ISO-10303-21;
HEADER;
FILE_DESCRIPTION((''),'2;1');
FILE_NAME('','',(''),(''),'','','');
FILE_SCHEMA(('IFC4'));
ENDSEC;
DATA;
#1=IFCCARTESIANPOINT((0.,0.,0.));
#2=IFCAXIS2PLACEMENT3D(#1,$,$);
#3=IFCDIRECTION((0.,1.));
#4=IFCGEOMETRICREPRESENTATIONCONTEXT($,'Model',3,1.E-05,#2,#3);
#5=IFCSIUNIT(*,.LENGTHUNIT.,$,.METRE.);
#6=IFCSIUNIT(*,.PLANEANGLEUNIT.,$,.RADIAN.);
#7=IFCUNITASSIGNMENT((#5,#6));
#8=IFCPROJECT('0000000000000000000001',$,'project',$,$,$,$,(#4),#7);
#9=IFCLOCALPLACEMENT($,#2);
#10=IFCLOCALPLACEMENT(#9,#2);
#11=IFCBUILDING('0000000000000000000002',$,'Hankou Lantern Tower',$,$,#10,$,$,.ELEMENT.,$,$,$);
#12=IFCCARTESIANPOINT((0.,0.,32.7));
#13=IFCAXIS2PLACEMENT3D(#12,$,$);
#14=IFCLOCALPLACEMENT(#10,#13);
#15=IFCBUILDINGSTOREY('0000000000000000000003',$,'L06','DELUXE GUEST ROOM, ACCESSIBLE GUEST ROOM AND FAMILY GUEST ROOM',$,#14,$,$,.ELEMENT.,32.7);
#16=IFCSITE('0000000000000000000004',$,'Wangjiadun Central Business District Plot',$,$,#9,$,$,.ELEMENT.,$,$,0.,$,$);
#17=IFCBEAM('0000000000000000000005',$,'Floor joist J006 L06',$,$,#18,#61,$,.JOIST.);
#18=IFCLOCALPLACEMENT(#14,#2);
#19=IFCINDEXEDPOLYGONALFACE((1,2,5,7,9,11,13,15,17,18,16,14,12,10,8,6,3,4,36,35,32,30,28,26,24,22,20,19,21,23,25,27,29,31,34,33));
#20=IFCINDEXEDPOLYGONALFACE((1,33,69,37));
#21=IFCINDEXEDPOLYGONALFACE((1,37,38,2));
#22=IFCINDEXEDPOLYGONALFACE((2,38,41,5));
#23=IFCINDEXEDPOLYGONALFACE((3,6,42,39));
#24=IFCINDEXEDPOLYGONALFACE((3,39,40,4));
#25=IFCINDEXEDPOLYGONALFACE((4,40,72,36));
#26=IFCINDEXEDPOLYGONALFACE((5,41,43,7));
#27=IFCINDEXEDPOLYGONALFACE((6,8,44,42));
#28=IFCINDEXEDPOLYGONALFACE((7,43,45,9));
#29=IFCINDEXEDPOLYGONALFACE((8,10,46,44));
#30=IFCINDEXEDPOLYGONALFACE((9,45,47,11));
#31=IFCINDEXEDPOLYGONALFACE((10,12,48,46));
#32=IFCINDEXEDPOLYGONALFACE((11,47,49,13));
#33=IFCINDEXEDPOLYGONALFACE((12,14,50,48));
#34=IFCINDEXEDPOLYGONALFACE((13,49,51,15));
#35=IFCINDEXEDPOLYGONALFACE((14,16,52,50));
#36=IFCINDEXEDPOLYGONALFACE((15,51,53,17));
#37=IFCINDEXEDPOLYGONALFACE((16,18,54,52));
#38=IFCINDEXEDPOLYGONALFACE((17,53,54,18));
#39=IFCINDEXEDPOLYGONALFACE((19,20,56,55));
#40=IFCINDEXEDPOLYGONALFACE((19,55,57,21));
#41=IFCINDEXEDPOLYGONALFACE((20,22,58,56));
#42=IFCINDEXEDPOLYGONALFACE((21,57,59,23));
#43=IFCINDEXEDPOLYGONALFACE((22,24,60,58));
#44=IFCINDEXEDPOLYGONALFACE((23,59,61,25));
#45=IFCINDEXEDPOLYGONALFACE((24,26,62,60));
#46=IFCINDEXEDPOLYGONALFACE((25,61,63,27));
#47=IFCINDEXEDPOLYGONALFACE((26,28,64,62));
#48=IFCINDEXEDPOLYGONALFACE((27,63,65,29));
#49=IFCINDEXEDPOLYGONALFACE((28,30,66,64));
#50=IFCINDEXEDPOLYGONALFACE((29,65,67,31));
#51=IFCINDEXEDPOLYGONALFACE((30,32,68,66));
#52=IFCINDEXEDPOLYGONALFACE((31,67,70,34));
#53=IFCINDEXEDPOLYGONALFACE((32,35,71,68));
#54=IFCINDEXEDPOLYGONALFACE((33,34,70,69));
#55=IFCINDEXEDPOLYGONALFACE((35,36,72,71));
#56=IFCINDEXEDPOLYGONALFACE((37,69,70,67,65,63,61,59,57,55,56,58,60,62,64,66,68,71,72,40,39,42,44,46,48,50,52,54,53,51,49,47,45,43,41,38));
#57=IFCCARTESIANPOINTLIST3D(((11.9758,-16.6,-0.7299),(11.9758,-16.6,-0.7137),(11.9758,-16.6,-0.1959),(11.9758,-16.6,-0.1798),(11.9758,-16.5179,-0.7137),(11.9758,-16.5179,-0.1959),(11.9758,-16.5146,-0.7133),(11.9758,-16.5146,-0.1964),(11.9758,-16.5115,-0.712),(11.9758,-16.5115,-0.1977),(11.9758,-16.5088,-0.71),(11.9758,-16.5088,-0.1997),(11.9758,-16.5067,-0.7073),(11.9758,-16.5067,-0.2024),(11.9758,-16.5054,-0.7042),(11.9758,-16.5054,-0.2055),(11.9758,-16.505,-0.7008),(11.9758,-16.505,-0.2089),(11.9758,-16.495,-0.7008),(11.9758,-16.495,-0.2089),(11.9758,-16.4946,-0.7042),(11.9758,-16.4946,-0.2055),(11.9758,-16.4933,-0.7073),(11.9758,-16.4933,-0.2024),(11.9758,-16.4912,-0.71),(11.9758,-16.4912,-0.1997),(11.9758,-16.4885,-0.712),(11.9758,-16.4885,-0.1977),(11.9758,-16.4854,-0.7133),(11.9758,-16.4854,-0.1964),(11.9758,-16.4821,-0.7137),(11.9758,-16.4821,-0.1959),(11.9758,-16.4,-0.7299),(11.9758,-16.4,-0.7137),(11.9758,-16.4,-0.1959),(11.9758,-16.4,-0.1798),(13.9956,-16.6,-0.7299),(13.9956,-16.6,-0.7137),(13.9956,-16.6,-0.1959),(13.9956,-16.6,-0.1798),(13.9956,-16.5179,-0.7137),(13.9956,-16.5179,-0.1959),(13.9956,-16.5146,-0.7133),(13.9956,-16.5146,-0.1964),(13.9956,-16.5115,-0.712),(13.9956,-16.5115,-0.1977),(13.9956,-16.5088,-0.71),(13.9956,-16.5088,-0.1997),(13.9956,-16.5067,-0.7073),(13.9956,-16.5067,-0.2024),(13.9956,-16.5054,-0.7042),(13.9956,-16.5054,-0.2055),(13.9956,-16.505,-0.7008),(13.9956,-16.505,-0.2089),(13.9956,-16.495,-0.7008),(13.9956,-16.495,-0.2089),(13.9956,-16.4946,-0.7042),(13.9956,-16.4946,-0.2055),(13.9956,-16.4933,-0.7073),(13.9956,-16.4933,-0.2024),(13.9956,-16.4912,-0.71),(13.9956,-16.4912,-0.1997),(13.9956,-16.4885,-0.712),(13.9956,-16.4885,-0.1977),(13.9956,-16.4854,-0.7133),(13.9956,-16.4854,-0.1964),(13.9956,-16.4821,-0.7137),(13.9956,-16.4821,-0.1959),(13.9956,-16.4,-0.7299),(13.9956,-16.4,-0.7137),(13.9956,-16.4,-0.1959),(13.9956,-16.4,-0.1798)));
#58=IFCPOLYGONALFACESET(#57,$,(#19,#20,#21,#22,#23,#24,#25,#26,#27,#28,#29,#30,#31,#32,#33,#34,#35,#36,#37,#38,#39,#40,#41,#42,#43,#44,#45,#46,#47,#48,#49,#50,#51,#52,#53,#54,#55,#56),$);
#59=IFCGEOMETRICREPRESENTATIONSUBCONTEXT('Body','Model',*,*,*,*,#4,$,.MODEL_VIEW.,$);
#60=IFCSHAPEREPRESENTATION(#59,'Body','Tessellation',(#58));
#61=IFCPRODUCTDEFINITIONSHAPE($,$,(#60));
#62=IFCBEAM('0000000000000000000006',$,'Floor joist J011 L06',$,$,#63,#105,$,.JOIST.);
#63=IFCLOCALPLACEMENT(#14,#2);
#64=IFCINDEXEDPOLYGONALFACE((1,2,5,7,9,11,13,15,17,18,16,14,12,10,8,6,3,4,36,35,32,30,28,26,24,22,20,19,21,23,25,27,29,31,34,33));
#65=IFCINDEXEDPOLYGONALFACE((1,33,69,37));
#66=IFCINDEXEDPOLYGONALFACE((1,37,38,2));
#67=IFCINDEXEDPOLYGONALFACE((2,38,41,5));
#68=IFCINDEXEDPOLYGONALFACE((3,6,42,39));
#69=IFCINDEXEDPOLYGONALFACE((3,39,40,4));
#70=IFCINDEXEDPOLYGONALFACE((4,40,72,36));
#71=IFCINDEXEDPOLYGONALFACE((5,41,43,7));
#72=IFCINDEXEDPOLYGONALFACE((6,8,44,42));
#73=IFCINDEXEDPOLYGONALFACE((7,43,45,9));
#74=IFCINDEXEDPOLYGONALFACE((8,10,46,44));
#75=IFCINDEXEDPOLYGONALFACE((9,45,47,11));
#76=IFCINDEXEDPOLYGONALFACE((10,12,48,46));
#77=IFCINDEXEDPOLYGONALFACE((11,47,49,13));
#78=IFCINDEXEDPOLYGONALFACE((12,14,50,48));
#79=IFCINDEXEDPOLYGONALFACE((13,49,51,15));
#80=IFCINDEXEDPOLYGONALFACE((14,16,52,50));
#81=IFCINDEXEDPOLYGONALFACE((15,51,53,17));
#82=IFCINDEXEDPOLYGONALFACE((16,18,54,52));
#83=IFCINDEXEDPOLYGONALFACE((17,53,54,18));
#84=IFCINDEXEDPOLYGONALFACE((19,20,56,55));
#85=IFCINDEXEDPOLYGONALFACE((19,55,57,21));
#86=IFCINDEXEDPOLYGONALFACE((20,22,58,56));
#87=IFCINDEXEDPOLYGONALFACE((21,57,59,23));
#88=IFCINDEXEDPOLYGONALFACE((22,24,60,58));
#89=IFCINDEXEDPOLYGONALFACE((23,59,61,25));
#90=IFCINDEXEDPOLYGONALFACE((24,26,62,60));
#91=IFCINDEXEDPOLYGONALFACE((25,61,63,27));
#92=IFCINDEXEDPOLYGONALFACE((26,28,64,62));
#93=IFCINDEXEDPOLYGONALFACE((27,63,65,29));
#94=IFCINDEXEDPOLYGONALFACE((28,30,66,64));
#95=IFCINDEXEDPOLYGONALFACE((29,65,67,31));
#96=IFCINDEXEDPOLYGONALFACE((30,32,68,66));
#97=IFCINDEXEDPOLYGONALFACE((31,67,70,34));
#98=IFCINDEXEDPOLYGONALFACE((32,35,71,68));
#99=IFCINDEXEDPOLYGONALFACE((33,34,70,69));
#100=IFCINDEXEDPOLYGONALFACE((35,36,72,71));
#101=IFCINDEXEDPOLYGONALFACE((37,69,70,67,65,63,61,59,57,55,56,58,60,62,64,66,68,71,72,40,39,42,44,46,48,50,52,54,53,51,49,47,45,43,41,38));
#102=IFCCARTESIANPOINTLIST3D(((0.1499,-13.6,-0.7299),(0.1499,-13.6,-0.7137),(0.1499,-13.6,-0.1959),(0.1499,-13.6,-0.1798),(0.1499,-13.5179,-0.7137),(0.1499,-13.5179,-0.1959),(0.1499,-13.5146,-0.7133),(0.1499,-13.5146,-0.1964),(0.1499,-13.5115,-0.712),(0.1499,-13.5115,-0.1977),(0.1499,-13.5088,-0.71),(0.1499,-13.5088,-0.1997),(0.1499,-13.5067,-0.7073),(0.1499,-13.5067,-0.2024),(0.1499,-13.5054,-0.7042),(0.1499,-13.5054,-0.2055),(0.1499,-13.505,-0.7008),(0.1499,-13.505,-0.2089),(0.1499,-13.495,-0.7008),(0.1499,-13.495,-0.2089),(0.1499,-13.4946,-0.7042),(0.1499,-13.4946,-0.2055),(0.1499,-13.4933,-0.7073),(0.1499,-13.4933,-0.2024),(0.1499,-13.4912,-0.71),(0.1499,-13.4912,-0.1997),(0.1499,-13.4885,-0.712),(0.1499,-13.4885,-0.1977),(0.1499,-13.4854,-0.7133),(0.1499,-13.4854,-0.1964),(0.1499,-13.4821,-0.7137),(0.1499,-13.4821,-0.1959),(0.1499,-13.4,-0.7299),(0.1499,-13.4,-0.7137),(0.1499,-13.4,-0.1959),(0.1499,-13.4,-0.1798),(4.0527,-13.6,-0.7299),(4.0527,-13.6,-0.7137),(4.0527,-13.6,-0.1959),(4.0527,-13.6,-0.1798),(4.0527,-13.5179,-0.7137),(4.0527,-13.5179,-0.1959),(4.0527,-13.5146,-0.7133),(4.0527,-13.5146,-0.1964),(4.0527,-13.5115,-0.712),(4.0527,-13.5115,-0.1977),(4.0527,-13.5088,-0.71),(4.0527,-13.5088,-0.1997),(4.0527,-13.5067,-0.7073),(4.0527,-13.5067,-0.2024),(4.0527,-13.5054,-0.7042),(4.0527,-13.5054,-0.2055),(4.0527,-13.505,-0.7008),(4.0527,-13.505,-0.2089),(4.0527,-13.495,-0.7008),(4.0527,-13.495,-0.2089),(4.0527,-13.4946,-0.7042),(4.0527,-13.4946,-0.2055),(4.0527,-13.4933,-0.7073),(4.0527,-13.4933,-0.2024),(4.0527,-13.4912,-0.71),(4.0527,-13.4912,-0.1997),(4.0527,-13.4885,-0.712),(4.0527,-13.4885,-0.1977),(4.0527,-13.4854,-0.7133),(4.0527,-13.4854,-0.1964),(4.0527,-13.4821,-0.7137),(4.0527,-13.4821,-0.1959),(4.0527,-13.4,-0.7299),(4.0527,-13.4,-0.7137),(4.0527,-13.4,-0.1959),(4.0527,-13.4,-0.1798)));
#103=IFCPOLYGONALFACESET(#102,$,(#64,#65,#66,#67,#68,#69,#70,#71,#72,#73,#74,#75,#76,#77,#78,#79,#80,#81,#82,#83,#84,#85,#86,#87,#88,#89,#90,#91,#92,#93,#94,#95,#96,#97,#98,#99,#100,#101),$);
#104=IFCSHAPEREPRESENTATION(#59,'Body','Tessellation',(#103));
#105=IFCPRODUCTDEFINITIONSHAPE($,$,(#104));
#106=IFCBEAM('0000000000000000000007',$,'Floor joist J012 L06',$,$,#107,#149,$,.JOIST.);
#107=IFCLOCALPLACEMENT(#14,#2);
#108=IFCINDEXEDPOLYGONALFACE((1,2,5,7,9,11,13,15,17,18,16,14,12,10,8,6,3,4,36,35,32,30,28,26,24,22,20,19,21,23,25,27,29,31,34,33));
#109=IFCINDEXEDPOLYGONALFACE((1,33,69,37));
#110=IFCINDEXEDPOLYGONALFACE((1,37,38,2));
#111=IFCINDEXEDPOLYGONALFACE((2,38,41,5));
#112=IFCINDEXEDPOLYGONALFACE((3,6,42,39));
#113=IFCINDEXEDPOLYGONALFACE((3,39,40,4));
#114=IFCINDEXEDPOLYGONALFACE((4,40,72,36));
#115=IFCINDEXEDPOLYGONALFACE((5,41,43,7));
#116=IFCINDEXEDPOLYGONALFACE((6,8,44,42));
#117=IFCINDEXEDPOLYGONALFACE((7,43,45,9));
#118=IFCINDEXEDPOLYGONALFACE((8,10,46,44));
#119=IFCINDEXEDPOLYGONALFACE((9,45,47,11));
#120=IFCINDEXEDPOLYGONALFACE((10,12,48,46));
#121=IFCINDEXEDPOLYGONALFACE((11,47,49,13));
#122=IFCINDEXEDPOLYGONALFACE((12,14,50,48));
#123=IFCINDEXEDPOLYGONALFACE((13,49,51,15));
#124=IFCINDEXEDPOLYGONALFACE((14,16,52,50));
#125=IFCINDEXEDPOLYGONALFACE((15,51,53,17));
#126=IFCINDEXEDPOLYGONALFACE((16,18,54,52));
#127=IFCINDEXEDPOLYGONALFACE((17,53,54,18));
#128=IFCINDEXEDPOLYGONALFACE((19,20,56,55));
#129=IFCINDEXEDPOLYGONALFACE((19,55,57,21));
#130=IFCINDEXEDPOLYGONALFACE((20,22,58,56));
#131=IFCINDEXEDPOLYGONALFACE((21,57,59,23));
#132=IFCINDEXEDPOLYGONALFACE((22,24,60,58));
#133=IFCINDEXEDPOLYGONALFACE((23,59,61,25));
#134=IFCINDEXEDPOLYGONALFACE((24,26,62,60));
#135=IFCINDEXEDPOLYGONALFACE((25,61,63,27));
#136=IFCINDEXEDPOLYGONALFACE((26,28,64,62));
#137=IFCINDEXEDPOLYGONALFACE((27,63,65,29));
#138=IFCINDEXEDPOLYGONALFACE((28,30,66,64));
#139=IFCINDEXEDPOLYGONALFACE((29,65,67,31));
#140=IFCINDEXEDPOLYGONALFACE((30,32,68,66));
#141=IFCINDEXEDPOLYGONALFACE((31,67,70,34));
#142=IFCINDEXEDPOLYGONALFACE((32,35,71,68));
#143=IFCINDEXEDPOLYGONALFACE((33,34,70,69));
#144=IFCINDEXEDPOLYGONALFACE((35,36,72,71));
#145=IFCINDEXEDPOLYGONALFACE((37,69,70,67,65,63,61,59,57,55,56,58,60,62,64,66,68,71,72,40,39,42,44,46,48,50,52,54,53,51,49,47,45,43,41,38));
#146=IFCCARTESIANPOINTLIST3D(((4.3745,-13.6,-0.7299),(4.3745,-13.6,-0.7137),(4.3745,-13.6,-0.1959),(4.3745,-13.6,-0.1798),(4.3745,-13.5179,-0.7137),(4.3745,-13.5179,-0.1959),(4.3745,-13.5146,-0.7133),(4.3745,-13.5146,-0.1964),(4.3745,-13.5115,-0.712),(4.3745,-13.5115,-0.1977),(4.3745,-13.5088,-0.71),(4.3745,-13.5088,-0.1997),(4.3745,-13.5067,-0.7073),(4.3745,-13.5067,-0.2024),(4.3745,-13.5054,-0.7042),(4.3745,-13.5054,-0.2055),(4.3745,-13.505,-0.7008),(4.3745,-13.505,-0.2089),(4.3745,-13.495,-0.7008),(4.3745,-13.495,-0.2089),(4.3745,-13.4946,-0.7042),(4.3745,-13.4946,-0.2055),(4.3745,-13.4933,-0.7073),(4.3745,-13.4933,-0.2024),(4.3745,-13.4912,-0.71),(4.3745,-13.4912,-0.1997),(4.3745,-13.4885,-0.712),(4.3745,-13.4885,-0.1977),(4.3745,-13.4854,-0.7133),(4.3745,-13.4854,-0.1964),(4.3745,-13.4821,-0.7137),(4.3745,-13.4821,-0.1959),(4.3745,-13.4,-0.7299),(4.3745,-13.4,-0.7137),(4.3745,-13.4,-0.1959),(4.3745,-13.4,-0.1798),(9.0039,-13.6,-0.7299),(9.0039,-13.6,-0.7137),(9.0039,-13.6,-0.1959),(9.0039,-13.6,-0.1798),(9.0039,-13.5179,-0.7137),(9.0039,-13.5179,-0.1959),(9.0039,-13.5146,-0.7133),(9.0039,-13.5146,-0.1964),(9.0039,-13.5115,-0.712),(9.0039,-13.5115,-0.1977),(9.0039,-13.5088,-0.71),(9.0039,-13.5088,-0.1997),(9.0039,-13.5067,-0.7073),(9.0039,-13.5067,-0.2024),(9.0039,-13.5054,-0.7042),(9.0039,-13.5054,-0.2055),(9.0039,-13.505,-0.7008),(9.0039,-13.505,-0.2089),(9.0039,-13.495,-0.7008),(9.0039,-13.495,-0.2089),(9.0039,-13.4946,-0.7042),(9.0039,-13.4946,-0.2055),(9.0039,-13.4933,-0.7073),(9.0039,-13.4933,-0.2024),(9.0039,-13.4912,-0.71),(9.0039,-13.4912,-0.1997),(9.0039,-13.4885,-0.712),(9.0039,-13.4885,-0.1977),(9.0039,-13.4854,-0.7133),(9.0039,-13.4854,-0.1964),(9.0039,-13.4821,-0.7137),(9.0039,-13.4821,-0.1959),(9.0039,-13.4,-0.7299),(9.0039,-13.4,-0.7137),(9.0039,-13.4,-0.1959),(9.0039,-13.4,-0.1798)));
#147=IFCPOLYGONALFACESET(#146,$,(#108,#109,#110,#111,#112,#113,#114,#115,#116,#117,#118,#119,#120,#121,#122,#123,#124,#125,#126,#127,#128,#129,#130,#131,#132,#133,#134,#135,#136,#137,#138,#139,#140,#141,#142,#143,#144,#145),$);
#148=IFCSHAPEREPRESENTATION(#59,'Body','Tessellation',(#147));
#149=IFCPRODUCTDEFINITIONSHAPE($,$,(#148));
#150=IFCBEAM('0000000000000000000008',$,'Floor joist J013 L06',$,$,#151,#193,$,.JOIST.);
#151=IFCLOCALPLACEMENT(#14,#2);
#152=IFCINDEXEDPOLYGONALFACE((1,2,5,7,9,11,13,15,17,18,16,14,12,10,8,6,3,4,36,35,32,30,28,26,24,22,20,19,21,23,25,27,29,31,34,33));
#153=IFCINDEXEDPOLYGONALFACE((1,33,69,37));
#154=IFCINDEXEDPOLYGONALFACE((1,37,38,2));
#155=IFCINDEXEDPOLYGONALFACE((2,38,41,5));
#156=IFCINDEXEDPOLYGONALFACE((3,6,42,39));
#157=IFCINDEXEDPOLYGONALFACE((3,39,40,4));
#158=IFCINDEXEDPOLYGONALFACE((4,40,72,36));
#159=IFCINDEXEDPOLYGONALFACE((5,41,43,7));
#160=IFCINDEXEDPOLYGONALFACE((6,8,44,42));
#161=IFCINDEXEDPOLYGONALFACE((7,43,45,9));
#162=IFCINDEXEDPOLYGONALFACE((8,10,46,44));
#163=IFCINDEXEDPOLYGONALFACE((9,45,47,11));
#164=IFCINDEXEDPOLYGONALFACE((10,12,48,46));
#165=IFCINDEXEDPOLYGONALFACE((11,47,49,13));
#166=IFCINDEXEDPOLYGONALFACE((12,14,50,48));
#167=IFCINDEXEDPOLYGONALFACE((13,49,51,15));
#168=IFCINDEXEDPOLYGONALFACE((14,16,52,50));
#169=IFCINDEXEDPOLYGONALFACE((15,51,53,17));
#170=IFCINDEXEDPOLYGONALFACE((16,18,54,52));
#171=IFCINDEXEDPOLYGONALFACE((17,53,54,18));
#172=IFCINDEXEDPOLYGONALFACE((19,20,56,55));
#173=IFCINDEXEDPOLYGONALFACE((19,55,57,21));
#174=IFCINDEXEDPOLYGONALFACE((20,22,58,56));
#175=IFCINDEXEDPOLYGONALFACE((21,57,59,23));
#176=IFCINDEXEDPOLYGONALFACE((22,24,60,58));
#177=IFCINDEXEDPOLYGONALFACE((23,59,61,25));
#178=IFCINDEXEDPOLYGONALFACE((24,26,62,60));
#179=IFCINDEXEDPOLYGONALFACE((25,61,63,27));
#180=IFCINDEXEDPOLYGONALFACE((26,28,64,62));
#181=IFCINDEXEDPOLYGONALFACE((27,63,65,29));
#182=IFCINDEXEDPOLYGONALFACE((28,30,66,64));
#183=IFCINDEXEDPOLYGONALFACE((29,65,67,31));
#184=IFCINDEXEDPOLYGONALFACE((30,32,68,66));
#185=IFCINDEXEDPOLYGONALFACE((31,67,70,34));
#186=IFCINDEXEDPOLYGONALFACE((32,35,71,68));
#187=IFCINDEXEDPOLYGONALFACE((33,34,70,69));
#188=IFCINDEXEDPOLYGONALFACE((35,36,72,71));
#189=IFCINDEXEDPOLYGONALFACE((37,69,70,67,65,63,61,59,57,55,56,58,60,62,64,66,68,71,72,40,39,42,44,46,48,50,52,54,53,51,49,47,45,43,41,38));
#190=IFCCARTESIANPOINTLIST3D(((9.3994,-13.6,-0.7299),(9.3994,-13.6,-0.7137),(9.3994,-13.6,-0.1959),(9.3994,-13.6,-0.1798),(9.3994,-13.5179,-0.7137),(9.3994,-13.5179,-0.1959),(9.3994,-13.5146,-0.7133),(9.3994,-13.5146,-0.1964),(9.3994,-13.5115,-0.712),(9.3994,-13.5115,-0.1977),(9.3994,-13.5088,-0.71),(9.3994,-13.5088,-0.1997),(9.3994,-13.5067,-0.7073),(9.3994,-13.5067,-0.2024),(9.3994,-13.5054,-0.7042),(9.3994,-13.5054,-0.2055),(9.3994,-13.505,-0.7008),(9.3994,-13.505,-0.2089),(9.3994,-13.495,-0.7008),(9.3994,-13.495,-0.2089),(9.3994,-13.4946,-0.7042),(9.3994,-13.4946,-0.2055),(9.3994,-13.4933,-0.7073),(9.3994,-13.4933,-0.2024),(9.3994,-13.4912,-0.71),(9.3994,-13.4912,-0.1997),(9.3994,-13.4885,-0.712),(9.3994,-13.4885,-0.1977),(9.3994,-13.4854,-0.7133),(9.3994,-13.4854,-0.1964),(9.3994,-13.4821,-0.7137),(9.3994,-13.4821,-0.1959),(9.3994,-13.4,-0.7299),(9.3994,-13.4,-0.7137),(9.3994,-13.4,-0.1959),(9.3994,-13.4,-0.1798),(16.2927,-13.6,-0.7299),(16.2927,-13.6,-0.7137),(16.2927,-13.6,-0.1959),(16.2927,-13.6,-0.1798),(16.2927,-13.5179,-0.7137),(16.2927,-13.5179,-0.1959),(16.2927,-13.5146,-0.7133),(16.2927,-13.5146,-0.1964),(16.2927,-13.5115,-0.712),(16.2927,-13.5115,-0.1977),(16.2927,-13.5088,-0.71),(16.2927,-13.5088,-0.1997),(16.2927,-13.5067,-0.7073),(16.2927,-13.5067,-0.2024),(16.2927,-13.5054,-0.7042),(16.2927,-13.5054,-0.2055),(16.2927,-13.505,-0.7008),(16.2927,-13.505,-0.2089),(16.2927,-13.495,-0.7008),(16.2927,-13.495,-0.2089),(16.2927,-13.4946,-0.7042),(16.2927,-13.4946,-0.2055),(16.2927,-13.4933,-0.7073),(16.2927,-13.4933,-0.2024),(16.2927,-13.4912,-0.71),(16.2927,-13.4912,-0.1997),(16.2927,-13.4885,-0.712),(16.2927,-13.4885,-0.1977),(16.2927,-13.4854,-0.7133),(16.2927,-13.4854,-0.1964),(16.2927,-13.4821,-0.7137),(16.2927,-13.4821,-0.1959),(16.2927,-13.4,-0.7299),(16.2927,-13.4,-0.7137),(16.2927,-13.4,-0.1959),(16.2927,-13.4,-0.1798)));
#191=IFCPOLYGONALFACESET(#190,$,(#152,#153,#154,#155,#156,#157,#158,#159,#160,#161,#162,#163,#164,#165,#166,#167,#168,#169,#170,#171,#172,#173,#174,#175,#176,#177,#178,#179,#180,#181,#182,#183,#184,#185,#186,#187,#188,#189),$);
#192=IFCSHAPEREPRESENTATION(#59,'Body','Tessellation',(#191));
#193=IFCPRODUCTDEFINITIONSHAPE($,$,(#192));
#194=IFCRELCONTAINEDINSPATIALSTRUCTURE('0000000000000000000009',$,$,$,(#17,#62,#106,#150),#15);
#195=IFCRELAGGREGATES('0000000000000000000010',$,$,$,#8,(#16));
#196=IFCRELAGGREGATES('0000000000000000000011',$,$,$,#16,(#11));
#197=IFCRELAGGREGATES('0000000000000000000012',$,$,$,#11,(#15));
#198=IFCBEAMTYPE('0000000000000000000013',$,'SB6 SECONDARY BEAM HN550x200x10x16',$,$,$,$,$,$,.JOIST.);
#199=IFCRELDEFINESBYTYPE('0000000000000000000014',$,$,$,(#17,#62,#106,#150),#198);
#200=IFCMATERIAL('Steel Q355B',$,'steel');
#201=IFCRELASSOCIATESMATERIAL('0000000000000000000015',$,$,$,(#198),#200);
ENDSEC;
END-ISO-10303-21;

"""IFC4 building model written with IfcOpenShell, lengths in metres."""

from ifc_helpers import new_model, si_unit, direction, frame, origin, origin_2d, place, context, subcontext, project, spatial, i_section, extrude, material, material_profile, profile_set, type_object, element, save


model = new_model("IFC4")

# Units and contexts
model_context = context("Model", 3, precision=1e-05, world=origin(), true_north=direction((0.0, 1.0)))
body_context = subcontext(model_context, "Body", "Model", "MODEL_VIEW")
ifc_project = project(units=[si_unit("LENGTHUNIT", "METRE"), si_unit("PLANEANGLEUNIT", "RADIAN")], contexts=[model_context])

# Site, building, storey
site_placement = place(None, origin())
site = spatial("IfcSite", under=ifc_project, at=site_placement, Name="Wangjiadun Central Business District Plot", CompositionType="ELEMENT", RefElevation=0.0)
building_placement = place(site_placement, origin())
building = spatial("IfcBuilding", under=site, at=building_placement, Name="Hankou Lantern Tower", CompositionType="ELEMENT")
storey_placement = place(building_placement, frame((0.0, 0.0, 32.7)))
storey = spatial("IfcBuildingStorey", under=building, at=storey_placement, Name="L06", Description="DELUXE GUEST ROOM, ACCESSIBLE GUEST ROOM AND FAMILY GUEST ROOM", CompositionType="ELEMENT", Elevation=32.7)

# Beams
ifc_material_1 = material(Name="Steel Q355B", Category="steel")
ifc_material_profile_1 = material_profile(ifc_material_1, i_section(OverallWidth=0.2, OverallDepth=0.55, WebThickness=0.01, FlangeThickness=0.0161, FilletRadius=0.0129, at=origin_2d()), Name="HN550x200x10x16")
ifc_profile_set_1 = profile_set([ifc_material_profile_1], Name="Steel Q355B")
beam_type_1 = type_object("IfcBeamType", Name="SB6 SECONDARY BEAM HN550x200x10x16", PredefinedType="JOIST", material=ifc_profile_set_1)
beam_1_placement = place(storey_placement, frame((11.9758, -16.5, -0.4548), z_axis=(1.0, 0.0, 0.0), x_axis=(0.0, 1.0, 0.0)))
element("IfcBeam", 1, at=beam_1_placement, inside=storey, type_object=beam_type_1, Name="Floor joist J006 L06", PredefinedType="JOIST", context=body_context, shape_type="SweptSolid", body=[
    extrude(i_section(OverallWidth=0.2, OverallDepth=0.55, WebThickness=0.01, FlangeThickness=0.0161, FilletRadius=0.0129, at=origin_2d()), origin(), (0.0, 0.0, 1.0), 2.0198),
])
beam_2_placement = place(storey_placement, frame((0.1499, -13.5, -0.4548), z_axis=(1.0, 0.0, 0.0), x_axis=(0.0, 1.0, 0.0)))
element("IfcBeam", 2, at=beam_2_placement, inside=storey, type_object=beam_type_1, Name="Floor joist J011 L06", PredefinedType="JOIST", context=body_context, shape_type="SweptSolid", body=[
    extrude(i_section(OverallWidth=0.2, OverallDepth=0.55, WebThickness=0.01, FlangeThickness=0.0161, FilletRadius=0.0129, at=origin_2d()), origin(), (0.0, 0.0, 1.0), 3.9028),
])
beam_3_placement = place(storey_placement, frame((4.3745, -13.5, -0.4548), z_axis=(1.0, 0.0, 0.0), x_axis=(0.0, 1.0, 0.0)))
element("IfcBeam", 3, at=beam_3_placement, inside=storey, type_object=beam_type_1, Name="Floor joist J012 L06", PredefinedType="JOIST", context=body_context, shape_type="SweptSolid", body=[
    extrude(i_section(OverallWidth=0.2, OverallDepth=0.55, WebThickness=0.01, FlangeThickness=0.0161, FilletRadius=0.0129, at=origin_2d()), origin(), (0.0, 0.0, 1.0), 4.6294),
])
beam_4_placement = place(storey_placement, frame((9.3994, -13.5, -0.4548), z_axis=(1.0, 0.0, 0.0), x_axis=(0.0, 1.0, 0.0)))
element("IfcBeam", 4, at=beam_4_placement, inside=storey, type_object=beam_type_1, Name="Floor joist J013 L06", PredefinedType="JOIST", context=body_context, shape_type="SweptSolid", body=[
    extrude(i_section(OverallWidth=0.2, OverallDepth=0.55, WebThickness=0.01, FlangeThickness=0.0161, FilletRadius=0.0129, at=origin_2d()), origin(), (0.0, 0.0, 1.0), 6.8933),
])

save(model, "model.ifc")
